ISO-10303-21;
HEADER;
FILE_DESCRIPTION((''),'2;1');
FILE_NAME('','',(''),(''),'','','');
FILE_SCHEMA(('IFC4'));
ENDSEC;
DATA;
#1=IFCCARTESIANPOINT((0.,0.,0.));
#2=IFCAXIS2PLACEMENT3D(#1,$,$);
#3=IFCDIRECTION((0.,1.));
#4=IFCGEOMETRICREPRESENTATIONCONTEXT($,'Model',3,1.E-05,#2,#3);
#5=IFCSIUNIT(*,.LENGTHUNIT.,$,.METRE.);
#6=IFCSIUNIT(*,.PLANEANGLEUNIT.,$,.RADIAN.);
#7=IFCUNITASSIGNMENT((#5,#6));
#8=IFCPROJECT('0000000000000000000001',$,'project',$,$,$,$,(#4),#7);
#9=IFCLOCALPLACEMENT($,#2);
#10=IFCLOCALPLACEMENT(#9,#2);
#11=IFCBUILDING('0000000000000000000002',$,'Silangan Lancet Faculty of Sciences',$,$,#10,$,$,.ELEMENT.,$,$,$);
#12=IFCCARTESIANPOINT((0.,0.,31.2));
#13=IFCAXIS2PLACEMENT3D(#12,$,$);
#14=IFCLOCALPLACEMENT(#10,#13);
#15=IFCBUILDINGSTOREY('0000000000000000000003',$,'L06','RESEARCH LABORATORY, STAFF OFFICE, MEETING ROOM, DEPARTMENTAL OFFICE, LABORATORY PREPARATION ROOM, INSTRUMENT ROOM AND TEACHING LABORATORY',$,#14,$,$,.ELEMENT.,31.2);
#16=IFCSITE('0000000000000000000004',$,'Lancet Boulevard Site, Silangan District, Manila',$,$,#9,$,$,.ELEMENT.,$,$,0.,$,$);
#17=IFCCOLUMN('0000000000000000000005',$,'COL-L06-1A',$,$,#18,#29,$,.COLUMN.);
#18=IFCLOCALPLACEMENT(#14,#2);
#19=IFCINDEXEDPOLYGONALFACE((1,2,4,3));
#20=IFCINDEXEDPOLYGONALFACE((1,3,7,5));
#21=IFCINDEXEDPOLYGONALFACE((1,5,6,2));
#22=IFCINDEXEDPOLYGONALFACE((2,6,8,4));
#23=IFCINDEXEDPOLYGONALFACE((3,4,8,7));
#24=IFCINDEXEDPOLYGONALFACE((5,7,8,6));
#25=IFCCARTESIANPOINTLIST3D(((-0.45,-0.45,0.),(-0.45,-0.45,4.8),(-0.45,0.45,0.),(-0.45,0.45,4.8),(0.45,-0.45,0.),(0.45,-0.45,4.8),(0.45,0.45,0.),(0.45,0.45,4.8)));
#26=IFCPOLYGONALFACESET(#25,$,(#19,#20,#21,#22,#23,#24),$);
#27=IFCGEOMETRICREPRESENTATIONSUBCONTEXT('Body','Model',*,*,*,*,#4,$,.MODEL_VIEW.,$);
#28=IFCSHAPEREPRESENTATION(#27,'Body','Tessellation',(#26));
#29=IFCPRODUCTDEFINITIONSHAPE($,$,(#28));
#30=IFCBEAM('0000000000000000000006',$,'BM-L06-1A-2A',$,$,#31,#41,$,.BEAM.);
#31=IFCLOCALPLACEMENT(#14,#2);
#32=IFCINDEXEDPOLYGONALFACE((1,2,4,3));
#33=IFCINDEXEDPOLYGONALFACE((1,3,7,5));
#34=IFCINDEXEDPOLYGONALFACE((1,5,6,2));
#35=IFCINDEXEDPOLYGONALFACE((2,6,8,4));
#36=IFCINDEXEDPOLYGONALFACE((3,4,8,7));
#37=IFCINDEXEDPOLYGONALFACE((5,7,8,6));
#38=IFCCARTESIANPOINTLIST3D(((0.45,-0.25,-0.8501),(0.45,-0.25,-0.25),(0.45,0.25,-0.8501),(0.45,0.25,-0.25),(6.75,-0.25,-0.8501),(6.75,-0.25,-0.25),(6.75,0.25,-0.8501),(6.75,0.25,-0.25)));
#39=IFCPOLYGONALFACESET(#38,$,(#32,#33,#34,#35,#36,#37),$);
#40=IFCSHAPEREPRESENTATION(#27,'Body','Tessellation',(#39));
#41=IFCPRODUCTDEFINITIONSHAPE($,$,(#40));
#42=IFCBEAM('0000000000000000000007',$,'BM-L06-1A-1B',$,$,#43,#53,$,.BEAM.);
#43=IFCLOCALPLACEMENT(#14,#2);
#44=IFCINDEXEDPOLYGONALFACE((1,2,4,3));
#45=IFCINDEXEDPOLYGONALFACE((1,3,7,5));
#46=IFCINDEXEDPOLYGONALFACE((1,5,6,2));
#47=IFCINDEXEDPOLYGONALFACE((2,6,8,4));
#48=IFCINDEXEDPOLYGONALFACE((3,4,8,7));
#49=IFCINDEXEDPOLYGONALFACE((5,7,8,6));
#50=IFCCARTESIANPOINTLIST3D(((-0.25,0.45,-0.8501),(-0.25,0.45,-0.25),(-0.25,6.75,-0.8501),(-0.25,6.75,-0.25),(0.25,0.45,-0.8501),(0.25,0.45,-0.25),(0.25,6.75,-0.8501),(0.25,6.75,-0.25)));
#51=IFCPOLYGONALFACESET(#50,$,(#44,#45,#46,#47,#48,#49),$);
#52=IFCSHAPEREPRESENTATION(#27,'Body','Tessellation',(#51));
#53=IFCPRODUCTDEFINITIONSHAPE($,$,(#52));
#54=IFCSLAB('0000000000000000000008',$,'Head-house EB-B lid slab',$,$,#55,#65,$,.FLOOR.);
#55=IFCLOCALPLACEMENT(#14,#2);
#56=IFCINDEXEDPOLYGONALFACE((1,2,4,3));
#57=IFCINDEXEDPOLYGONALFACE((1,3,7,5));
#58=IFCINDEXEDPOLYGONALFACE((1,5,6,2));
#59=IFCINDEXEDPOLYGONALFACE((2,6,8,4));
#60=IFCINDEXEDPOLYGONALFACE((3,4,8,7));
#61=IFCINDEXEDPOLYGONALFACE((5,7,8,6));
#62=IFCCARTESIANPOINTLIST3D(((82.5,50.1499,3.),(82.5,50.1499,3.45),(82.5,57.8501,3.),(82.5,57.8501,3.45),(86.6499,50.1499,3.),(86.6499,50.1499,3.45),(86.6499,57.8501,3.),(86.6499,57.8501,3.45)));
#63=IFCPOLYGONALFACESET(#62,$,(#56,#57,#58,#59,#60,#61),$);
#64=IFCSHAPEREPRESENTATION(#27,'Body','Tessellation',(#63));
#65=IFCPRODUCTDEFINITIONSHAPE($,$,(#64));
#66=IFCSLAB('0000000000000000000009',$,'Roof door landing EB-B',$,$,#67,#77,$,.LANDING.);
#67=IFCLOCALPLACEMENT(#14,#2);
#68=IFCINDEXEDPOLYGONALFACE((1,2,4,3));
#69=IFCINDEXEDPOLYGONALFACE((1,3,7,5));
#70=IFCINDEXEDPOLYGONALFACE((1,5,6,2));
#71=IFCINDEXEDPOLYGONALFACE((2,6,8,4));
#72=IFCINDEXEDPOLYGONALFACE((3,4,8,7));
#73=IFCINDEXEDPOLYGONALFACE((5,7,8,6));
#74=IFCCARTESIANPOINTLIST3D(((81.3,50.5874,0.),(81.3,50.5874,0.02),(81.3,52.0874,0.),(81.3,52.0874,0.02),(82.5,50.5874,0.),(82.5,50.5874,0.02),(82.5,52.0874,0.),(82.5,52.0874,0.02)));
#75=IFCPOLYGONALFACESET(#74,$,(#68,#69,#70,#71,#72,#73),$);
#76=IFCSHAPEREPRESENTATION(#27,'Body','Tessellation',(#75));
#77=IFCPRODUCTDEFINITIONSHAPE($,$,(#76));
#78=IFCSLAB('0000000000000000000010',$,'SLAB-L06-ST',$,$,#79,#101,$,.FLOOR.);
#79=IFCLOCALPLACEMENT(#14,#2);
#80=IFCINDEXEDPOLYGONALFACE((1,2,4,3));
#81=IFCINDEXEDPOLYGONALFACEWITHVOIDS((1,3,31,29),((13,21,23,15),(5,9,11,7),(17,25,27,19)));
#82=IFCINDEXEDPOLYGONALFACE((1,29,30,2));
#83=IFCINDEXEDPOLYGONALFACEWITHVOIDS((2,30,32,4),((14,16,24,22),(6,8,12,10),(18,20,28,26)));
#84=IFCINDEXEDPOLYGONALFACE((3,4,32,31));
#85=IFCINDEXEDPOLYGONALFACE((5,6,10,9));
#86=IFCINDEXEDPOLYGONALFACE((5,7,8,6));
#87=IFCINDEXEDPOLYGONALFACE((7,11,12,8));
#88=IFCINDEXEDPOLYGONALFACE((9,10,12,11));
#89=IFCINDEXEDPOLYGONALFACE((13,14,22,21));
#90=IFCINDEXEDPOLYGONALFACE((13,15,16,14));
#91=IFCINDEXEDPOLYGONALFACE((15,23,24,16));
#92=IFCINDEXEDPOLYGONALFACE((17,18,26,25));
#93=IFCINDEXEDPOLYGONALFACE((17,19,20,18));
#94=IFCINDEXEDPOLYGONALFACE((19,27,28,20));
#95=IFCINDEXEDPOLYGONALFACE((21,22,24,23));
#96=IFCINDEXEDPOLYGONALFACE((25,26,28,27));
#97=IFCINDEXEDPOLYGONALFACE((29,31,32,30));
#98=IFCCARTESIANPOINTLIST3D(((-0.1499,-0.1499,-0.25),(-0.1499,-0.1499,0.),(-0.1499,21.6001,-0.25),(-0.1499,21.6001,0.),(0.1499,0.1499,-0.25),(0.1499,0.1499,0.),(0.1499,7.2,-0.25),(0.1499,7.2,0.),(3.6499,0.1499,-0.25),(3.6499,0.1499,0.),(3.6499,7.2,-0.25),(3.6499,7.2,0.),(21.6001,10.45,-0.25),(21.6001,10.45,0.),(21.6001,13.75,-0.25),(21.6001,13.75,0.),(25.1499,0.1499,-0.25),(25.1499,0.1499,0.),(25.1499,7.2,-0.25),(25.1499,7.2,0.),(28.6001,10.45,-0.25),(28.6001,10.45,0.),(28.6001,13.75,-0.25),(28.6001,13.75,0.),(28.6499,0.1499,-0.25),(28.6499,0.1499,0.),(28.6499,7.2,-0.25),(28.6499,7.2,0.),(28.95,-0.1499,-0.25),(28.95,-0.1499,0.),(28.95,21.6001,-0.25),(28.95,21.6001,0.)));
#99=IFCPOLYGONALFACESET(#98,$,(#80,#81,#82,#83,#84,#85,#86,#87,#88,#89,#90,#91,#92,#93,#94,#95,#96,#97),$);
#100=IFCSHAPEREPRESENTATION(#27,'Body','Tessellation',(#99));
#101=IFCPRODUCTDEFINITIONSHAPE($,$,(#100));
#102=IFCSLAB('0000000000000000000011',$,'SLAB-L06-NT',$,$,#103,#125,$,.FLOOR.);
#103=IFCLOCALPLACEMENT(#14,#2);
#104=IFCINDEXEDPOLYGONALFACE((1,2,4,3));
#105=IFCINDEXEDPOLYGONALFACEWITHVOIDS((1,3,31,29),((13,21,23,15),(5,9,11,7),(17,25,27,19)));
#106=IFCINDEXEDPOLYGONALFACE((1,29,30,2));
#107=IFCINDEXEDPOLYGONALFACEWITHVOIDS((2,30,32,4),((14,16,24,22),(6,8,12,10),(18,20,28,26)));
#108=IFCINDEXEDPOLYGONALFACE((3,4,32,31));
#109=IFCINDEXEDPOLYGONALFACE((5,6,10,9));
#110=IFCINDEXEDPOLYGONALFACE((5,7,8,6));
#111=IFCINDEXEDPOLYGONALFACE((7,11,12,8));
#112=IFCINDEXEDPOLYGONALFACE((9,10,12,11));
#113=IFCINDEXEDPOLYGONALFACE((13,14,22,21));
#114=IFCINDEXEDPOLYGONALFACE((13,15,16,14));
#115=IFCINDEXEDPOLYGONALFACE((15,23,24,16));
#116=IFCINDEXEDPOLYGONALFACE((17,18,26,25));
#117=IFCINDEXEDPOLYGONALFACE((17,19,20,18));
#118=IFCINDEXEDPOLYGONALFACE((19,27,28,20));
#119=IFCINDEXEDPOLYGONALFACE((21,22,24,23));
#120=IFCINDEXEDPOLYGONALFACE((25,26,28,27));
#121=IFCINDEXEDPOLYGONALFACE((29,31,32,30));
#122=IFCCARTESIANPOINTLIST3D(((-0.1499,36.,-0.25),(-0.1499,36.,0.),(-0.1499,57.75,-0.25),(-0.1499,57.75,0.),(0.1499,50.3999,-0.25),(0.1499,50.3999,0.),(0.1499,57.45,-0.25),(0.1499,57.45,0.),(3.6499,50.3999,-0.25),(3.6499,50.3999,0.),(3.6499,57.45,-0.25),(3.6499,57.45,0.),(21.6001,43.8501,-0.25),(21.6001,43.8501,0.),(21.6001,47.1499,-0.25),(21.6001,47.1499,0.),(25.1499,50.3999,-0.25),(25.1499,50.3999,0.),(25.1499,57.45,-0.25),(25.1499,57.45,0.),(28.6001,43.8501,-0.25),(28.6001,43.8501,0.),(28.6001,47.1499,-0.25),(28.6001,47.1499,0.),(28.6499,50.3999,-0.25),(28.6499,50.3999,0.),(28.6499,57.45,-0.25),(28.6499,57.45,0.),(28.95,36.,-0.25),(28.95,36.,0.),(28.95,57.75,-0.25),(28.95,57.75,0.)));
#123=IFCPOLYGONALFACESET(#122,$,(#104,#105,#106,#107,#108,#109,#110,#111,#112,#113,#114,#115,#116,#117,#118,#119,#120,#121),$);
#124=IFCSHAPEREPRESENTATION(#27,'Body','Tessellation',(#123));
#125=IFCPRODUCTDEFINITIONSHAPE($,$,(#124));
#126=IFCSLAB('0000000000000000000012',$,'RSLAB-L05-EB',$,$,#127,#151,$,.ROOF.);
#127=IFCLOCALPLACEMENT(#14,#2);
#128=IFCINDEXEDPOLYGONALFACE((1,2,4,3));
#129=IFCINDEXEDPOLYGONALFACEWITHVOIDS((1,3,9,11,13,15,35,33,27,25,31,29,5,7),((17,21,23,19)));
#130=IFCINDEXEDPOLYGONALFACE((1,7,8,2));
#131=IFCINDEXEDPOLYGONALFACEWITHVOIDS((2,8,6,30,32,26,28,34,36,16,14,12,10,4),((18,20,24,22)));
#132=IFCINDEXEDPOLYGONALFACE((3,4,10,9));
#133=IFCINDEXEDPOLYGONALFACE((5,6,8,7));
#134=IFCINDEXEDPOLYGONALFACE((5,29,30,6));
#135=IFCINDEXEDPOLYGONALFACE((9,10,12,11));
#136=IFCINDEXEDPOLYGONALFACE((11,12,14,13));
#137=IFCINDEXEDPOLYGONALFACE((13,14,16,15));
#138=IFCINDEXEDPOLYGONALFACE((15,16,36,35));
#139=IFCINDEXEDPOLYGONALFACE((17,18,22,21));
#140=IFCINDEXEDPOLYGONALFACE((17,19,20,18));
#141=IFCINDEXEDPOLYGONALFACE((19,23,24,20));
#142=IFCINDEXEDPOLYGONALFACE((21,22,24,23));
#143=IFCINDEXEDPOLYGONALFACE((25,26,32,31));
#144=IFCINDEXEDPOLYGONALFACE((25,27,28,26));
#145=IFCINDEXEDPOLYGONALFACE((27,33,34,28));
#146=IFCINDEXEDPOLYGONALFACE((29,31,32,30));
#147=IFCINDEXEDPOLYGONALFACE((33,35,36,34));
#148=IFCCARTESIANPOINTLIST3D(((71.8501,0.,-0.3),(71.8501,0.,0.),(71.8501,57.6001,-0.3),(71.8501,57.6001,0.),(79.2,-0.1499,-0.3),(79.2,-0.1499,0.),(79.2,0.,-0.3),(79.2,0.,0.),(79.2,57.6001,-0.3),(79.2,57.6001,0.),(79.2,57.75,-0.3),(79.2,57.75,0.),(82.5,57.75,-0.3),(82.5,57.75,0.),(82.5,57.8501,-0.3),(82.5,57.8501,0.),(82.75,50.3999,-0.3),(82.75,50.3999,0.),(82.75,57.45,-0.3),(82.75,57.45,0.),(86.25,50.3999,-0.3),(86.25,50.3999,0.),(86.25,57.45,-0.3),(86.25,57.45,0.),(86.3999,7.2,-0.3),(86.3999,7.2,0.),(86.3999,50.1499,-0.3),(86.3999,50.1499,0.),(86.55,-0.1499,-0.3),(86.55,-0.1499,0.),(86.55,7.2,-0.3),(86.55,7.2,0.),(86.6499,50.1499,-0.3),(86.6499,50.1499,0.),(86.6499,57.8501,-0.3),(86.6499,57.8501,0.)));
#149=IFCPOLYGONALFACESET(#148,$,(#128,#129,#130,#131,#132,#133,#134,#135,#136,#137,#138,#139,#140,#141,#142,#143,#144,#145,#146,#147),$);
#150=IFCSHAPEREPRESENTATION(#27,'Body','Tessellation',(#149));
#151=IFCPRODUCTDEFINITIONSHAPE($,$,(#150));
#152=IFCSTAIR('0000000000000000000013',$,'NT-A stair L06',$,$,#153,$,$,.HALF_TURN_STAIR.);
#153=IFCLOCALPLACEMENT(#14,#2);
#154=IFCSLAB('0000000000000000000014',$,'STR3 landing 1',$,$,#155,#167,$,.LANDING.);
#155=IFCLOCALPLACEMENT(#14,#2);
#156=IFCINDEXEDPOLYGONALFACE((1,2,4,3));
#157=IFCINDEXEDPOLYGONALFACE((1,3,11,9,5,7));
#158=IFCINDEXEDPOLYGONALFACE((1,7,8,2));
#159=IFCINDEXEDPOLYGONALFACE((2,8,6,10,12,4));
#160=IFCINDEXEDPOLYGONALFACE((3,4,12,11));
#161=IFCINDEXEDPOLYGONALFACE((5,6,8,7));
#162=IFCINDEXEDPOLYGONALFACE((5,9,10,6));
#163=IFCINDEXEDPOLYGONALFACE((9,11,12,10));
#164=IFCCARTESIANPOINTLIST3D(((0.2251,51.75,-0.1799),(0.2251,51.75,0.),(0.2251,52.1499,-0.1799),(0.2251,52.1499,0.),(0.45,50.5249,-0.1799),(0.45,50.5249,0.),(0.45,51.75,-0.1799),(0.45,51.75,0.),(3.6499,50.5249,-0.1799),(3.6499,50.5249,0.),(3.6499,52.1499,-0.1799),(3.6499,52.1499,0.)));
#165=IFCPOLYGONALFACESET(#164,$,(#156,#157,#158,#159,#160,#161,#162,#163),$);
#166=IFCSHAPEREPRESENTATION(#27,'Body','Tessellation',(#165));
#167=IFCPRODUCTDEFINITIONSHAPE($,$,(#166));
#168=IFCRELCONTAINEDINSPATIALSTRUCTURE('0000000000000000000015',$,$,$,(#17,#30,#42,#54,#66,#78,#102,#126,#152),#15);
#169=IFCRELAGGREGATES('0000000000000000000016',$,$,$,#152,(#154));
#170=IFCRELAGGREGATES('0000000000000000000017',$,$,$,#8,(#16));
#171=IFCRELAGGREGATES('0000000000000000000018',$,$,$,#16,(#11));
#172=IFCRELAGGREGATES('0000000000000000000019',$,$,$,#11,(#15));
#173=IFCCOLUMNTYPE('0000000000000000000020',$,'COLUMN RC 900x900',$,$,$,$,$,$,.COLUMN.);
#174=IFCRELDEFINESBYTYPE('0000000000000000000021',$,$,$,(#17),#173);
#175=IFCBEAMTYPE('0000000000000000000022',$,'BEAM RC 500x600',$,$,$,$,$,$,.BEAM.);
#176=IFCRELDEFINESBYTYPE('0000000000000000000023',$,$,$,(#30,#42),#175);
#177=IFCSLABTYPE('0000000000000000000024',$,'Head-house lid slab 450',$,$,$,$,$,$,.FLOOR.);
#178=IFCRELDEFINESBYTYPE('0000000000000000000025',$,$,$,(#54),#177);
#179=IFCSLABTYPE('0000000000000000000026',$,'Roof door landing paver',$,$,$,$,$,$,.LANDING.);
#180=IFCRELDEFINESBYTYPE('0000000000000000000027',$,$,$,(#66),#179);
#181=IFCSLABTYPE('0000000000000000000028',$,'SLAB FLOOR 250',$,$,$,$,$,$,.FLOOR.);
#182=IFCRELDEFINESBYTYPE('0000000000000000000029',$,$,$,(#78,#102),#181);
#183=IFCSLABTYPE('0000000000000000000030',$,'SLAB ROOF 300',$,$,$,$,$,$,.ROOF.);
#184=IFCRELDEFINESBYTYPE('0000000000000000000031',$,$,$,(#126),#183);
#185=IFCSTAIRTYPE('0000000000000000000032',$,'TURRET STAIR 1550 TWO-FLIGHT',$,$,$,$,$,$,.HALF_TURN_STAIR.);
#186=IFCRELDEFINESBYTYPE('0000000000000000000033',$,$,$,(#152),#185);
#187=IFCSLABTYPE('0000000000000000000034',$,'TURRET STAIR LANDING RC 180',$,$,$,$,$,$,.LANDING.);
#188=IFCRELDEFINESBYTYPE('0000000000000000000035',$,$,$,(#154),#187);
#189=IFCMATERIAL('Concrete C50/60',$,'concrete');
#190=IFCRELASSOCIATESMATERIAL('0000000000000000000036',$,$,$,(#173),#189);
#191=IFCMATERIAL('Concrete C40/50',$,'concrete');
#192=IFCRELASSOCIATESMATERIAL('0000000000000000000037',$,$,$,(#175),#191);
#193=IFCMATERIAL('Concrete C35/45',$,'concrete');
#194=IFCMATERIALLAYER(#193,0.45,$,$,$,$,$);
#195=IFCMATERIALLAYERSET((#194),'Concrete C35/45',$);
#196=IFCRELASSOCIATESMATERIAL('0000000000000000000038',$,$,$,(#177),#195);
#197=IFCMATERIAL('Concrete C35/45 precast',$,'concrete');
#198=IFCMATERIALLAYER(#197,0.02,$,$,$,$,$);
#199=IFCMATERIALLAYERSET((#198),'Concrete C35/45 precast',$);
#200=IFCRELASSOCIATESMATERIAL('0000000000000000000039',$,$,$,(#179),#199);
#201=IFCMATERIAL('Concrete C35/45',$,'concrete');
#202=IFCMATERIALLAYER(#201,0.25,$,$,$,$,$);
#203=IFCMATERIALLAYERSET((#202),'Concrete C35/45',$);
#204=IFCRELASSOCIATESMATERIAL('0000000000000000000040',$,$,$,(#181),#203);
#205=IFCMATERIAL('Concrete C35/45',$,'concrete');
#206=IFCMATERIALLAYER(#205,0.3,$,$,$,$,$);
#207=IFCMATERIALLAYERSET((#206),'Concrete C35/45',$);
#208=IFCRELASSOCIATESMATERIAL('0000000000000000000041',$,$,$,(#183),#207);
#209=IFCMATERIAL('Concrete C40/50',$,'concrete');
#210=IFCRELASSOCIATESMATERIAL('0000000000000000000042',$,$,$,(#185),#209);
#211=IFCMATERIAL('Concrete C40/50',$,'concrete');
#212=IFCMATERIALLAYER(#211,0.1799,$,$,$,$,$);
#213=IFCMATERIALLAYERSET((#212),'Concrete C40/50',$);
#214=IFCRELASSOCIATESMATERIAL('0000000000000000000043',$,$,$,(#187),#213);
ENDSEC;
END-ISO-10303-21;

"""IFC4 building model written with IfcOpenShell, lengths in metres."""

from ifc_helpers import new_model, si_unit, direction, frame, origin, origin_with_axes, origin_2d, place, context, subcontext, project, spatial, polyline, rectangle, outline, extrude, material, layer, layer_set, material_profile, profile_set, type_object, element, aggregate, save


model = new_model("IFC4")

# Units and contexts
model_context = context("Model", 3, precision=1e-05, world=origin(), true_north=direction((0.0, 1.0)))
body_context = subcontext(model_context, "Body", "Model", "MODEL_VIEW")
ifc_project = project(units=[si_unit("LENGTHUNIT", "METRE"), si_unit("PLANEANGLEUNIT", "RADIAN")], contexts=[model_context])

# Site, building, storey
site_placement = place(None, origin())
site = spatial("IfcSite", under=ifc_project, at=site_placement, Name="Lancet Boulevard Site, Silangan District, Manila", CompositionType="ELEMENT", RefElevation=0.0)
building_placement = place(site_placement, origin())
building = spatial("IfcBuilding", under=site, at=building_placement, Name="Silangan Lancet Faculty of Sciences", CompositionType="ELEMENT")
storey_placement = place(building_placement, frame((0.0, 0.0, 31.2)))
storey = spatial("IfcBuildingStorey", under=building, at=storey_placement, Name="L06", Description="RESEARCH LABORATORY, STAFF OFFICE, MEETING ROOM, DEPARTMENTAL OFFICE, LABORATORY PREPARATION ROOM, INSTRUMENT ROOM AND TEACHING LABORATORY", CompositionType="ELEMENT", Elevation=31.2)

# Column
ifc_material_1 = material(Name="Concrete C50/60", Category="concrete")
ifc_material_profile_1 = material_profile(ifc_material_1, rectangle(XDim=0.8999, YDim=0.8999, at=origin_2d()), Name="RC 900x900")
ifc_profile_set_1 = profile_set([ifc_material_profile_1], Name="Concrete C50/60")
column_type = type_object("IfcColumnType", Name="COLUMN RC 900x900", PredefinedType="COLUMN", material=ifc_profile_set_1)
column_placement = place(storey_placement, origin_with_axes())
element("IfcColumn", 1, at=column_placement, inside=storey, type_object=column_type, Name="COL-L06-1A", PredefinedType="COLUMN", context=body_context, shape_type="SweptSolid", body=[
    extrude(rectangle(XDim=0.8999, YDim=0.8999, at=origin_2d()), origin(), (0.0, 0.0, 1.0), 4.8),
])

# Beams
ifc_material_2 = material(Name="Concrete C40/50", Category="concrete")
ifc_material_profile_2 = material_profile(ifc_material_2, rectangle(XDim=0.5, YDim=0.6001, at=origin_2d()), Name="RC 500x600")
ifc_profile_set_2 = profile_set([ifc_material_profile_2], Name="Concrete C40/50")
beam_type = type_object("IfcBeamType", Name="BEAM RC 500x600", PredefinedType="BEAM", material=ifc_profile_set_2)
for number, where, z_axis, x_axis, name in (
    (2, (0.45, 0.0, -0.55), (1.0, 0.0, 0.0), (0.0, 1.0, 0.0), "BM-L06-1A-2A"),
    (3, (0.0, 0.45, -0.55), (0.0, 1.0, 0.0), (-1.0, 0.0, 0.0), "BM-L06-1A-1B"),
):
    element("IfcBeam", number, at=place(storey_placement, frame(where, z_axis=z_axis, x_axis=x_axis)), inside=storey, type_object=beam_type, Name=name, PredefinedType="BEAM", context=body_context, shape_type="SweptSolid", body=[
        extrude(rectangle(XDim=0.5, YDim=0.6001, at=origin_2d()), origin(), (0.0, 0.0, 1.0), 6.3),
    ])

# Slabs
ifc_material_3 = material(Name="Concrete C35/45", Category="concrete")
ifc_layer_1 = layer(ifc_material_3, 0.45)
ifc_layer_set_1 = layer_set([ifc_layer_1], Name="Concrete C35/45")
slab_type_1 = type_object("IfcSlabType", Name="Head-house lid slab 450", PredefinedType="FLOOR", material=ifc_layer_set_1)
slab_1_placement = place(storey_placement, frame((0.0, 0.0, 3.0)))
element("IfcSlab", 4, at=slab_1_placement, inside=storey, type_object=slab_type_1, Name="Head-house EB-B lid slab", PredefinedType="FLOOR", context=body_context, shape_type="SweptSolid", body=[
    extrude(outline(polyline([(82.5, 50.1499), (86.6499, 50.1499), (86.6499, 57.8501), (82.5, 57.8501), (82.5, 50.1499)])), origin(), (0.0, 0.0, 1.0), 0.45),
])
ifc_material_4 = material(Name="Concrete C35/45 precast", Category="concrete")
ifc_layer_2 = layer(ifc_material_4, 0.02)
ifc_layer_set_2 = layer_set([ifc_layer_2], Name="Concrete C35/45 precast")
slab_type_2 = type_object("IfcSlabType", Name="Roof door landing paver", PredefinedType="LANDING", material=ifc_layer_set_2)
slab_2_placement = place(storey_placement, origin())
element("IfcSlab", 5, at=slab_2_placement, inside=storey, type_object=slab_type_2, Name="Roof door landing EB-B", PredefinedType="LANDING", context=body_context, shape_type="SweptSolid", body=[
    extrude(outline(polyline([(81.3, 50.5874), (82.5, 50.5874), (82.5, 52.0874), (81.3, 52.0874), (81.3, 50.5874)])), origin(), (0.0, 0.0, 1.0), 0.02),
])
ifc_material_5 = material(Name="Concrete C35/45", Category="concrete")
ifc_layer_3 = layer(ifc_material_5, 0.25)
ifc_layer_set_3 = layer_set([ifc_layer_3], Name="Concrete C35/45")
slab_type_3 = type_object("IfcSlabType", Name="SLAB FLOOR 250", PredefinedType="FLOOR", material=ifc_layer_set_3)
slab_3_placement = place(storey_placement, frame((0.0, 0.0, -0.25)))
element("IfcSlab", 6, at=slab_3_placement, inside=storey, type_object=slab_type_3, Name="SLAB-L06-ST", PredefinedType="FLOOR", context=body_context, shape_type="SweptSolid", body=[
    extrude(outline(polyline([(-0.1499, -0.1499), (28.95, -0.1499), (28.95, 21.6001), (-0.1499, 21.6001), (-0.1499, -0.1499)]), holes=[polyline([(0.1499, 7.2), (3.6499, 7.2), (3.6499, 0.1499), (0.1499, 0.1499), (0.1499, 7.2)]), polyline([(25.1499, 0.1499), (25.1499, 7.2), (28.6499, 7.2), (28.6499, 0.1499), (25.1499, 0.1499)]), polyline([(21.6001, 13.75), (28.6001, 13.75), (28.6001, 10.45), (21.6001, 10.45), (21.6001, 13.75)])]), origin(), (0.0, 0.0, 1.0), 0.25),
])
slab_4_placement = place(storey_placement, frame((0.0, 0.0, -0.25)))
element("IfcSlab", 7, at=slab_4_placement, inside=storey, type_object=slab_type_3, Name="SLAB-L06-NT", PredefinedType="FLOOR", context=body_context, shape_type="SweptSolid", body=[
    extrude(outline(polyline([(-0.1499, 36.0), (28.95, 36.0), (28.95, 57.75), (-0.1499, 57.75), (-0.1499, 36.0)]), holes=[polyline([(21.6001, 47.1499), (28.6001, 47.1499), (28.6001, 43.8501), (21.6001, 43.8501), (21.6001, 47.1499)]), polyline([(0.1499, 57.45), (3.6499, 57.45), (3.6499, 50.3999), (0.1499, 50.3999), (0.1499, 57.45)]), polyline([(25.1499, 57.45), (28.6499, 57.45), (28.6499, 50.3999), (25.1499, 50.3999), (25.1499, 57.45)])]), origin(), (0.0, 0.0, 1.0), 0.25),
])
ifc_material_6 = material(Name="Concrete C35/45", Category="concrete")
ifc_layer_4 = layer(ifc_material_6, 0.3)
ifc_layer_set_4 = layer_set([ifc_layer_4], Name="Concrete C35/45")
slab_type_4 = type_object("IfcSlabType", Name="SLAB ROOF 300", PredefinedType="ROOF", material=ifc_layer_set_4)
slab_5_placement = place(storey_placement, frame((0.0, 0.0, -0.3)))
element("IfcSlab", 8, at=slab_5_placement, inside=storey, type_object=slab_type_4, Name="RSLAB-L05-EB", PredefinedType="ROOF", context=body_context, shape_type="SweptSolid", body=[
    extrude(outline(polyline([(86.55, 7.2), (86.3999, 7.2), (86.3999, 50.1499), (86.6499, 50.1499), (86.6499, 57.8501), (82.5, 57.8501), (82.5, 57.75), (79.2, 57.75), (79.2, 57.6001), (71.8501, 57.6001), (71.8501, 0.0), (79.2, 0.0), (79.2, -0.1499), (86.55, -0.1499), (86.55, 7.2)]), holes=[polyline([(86.25, 57.45), (86.25, 50.3999), (82.75, 50.3999), (82.75, 57.45), (86.25, 57.45)])]), origin(), (0.0, 0.0, 1.0), 0.3),
])

# Stair, slab
ifc_material_7 = material(Name="Concrete C40/50", Category="concrete")
stair_type = type_object("IfcStairType", Name="TURRET STAIR 1550 TWO-FLIGHT", PredefinedType="HALF_TURN_STAIR", material=ifc_material_7)
stair_1_placement = place(storey_placement, origin())
stair_1 = element("IfcStair", 9, at=stair_1_placement, inside=storey, type_object=stair_type, Name="NT-A stair L06", PredefinedType="HALF_TURN_STAIR")
ifc_material_8 = material(Name="Concrete C40/50", Category="concrete")
ifc_layer_5 = layer(ifc_material_8, 0.1799)
ifc_layer_set_5 = layer_set([ifc_layer_5], Name="Concrete C40/50")
slab_type_5 = type_object("IfcSlabType", Name="TURRET STAIR LANDING RC 180", PredefinedType="LANDING", material=ifc_layer_set_5)
slab_6_placement = place(storey_placement, frame((0.0, 0.0, -0.1799)))
slab_6 = element("IfcSlab", 10, at=slab_6_placement, type_object=slab_type_5, Name="STR3 landing 1", PredefinedType="LANDING", context=body_context, shape_type="SweptSolid", body=[
    extrude(outline(polyline([(0.45, 51.75), (0.2251, 51.75), (0.2251, 52.1499), (3.6499, 52.1499), (3.6499, 50.5249), (0.45, 50.5249), (0.45, 51.75)])), origin(), (0.0, 0.0, 1.0), 0.1799),
])
aggregate(stair_1, [slab_6])

save(model, "model.ifc")
